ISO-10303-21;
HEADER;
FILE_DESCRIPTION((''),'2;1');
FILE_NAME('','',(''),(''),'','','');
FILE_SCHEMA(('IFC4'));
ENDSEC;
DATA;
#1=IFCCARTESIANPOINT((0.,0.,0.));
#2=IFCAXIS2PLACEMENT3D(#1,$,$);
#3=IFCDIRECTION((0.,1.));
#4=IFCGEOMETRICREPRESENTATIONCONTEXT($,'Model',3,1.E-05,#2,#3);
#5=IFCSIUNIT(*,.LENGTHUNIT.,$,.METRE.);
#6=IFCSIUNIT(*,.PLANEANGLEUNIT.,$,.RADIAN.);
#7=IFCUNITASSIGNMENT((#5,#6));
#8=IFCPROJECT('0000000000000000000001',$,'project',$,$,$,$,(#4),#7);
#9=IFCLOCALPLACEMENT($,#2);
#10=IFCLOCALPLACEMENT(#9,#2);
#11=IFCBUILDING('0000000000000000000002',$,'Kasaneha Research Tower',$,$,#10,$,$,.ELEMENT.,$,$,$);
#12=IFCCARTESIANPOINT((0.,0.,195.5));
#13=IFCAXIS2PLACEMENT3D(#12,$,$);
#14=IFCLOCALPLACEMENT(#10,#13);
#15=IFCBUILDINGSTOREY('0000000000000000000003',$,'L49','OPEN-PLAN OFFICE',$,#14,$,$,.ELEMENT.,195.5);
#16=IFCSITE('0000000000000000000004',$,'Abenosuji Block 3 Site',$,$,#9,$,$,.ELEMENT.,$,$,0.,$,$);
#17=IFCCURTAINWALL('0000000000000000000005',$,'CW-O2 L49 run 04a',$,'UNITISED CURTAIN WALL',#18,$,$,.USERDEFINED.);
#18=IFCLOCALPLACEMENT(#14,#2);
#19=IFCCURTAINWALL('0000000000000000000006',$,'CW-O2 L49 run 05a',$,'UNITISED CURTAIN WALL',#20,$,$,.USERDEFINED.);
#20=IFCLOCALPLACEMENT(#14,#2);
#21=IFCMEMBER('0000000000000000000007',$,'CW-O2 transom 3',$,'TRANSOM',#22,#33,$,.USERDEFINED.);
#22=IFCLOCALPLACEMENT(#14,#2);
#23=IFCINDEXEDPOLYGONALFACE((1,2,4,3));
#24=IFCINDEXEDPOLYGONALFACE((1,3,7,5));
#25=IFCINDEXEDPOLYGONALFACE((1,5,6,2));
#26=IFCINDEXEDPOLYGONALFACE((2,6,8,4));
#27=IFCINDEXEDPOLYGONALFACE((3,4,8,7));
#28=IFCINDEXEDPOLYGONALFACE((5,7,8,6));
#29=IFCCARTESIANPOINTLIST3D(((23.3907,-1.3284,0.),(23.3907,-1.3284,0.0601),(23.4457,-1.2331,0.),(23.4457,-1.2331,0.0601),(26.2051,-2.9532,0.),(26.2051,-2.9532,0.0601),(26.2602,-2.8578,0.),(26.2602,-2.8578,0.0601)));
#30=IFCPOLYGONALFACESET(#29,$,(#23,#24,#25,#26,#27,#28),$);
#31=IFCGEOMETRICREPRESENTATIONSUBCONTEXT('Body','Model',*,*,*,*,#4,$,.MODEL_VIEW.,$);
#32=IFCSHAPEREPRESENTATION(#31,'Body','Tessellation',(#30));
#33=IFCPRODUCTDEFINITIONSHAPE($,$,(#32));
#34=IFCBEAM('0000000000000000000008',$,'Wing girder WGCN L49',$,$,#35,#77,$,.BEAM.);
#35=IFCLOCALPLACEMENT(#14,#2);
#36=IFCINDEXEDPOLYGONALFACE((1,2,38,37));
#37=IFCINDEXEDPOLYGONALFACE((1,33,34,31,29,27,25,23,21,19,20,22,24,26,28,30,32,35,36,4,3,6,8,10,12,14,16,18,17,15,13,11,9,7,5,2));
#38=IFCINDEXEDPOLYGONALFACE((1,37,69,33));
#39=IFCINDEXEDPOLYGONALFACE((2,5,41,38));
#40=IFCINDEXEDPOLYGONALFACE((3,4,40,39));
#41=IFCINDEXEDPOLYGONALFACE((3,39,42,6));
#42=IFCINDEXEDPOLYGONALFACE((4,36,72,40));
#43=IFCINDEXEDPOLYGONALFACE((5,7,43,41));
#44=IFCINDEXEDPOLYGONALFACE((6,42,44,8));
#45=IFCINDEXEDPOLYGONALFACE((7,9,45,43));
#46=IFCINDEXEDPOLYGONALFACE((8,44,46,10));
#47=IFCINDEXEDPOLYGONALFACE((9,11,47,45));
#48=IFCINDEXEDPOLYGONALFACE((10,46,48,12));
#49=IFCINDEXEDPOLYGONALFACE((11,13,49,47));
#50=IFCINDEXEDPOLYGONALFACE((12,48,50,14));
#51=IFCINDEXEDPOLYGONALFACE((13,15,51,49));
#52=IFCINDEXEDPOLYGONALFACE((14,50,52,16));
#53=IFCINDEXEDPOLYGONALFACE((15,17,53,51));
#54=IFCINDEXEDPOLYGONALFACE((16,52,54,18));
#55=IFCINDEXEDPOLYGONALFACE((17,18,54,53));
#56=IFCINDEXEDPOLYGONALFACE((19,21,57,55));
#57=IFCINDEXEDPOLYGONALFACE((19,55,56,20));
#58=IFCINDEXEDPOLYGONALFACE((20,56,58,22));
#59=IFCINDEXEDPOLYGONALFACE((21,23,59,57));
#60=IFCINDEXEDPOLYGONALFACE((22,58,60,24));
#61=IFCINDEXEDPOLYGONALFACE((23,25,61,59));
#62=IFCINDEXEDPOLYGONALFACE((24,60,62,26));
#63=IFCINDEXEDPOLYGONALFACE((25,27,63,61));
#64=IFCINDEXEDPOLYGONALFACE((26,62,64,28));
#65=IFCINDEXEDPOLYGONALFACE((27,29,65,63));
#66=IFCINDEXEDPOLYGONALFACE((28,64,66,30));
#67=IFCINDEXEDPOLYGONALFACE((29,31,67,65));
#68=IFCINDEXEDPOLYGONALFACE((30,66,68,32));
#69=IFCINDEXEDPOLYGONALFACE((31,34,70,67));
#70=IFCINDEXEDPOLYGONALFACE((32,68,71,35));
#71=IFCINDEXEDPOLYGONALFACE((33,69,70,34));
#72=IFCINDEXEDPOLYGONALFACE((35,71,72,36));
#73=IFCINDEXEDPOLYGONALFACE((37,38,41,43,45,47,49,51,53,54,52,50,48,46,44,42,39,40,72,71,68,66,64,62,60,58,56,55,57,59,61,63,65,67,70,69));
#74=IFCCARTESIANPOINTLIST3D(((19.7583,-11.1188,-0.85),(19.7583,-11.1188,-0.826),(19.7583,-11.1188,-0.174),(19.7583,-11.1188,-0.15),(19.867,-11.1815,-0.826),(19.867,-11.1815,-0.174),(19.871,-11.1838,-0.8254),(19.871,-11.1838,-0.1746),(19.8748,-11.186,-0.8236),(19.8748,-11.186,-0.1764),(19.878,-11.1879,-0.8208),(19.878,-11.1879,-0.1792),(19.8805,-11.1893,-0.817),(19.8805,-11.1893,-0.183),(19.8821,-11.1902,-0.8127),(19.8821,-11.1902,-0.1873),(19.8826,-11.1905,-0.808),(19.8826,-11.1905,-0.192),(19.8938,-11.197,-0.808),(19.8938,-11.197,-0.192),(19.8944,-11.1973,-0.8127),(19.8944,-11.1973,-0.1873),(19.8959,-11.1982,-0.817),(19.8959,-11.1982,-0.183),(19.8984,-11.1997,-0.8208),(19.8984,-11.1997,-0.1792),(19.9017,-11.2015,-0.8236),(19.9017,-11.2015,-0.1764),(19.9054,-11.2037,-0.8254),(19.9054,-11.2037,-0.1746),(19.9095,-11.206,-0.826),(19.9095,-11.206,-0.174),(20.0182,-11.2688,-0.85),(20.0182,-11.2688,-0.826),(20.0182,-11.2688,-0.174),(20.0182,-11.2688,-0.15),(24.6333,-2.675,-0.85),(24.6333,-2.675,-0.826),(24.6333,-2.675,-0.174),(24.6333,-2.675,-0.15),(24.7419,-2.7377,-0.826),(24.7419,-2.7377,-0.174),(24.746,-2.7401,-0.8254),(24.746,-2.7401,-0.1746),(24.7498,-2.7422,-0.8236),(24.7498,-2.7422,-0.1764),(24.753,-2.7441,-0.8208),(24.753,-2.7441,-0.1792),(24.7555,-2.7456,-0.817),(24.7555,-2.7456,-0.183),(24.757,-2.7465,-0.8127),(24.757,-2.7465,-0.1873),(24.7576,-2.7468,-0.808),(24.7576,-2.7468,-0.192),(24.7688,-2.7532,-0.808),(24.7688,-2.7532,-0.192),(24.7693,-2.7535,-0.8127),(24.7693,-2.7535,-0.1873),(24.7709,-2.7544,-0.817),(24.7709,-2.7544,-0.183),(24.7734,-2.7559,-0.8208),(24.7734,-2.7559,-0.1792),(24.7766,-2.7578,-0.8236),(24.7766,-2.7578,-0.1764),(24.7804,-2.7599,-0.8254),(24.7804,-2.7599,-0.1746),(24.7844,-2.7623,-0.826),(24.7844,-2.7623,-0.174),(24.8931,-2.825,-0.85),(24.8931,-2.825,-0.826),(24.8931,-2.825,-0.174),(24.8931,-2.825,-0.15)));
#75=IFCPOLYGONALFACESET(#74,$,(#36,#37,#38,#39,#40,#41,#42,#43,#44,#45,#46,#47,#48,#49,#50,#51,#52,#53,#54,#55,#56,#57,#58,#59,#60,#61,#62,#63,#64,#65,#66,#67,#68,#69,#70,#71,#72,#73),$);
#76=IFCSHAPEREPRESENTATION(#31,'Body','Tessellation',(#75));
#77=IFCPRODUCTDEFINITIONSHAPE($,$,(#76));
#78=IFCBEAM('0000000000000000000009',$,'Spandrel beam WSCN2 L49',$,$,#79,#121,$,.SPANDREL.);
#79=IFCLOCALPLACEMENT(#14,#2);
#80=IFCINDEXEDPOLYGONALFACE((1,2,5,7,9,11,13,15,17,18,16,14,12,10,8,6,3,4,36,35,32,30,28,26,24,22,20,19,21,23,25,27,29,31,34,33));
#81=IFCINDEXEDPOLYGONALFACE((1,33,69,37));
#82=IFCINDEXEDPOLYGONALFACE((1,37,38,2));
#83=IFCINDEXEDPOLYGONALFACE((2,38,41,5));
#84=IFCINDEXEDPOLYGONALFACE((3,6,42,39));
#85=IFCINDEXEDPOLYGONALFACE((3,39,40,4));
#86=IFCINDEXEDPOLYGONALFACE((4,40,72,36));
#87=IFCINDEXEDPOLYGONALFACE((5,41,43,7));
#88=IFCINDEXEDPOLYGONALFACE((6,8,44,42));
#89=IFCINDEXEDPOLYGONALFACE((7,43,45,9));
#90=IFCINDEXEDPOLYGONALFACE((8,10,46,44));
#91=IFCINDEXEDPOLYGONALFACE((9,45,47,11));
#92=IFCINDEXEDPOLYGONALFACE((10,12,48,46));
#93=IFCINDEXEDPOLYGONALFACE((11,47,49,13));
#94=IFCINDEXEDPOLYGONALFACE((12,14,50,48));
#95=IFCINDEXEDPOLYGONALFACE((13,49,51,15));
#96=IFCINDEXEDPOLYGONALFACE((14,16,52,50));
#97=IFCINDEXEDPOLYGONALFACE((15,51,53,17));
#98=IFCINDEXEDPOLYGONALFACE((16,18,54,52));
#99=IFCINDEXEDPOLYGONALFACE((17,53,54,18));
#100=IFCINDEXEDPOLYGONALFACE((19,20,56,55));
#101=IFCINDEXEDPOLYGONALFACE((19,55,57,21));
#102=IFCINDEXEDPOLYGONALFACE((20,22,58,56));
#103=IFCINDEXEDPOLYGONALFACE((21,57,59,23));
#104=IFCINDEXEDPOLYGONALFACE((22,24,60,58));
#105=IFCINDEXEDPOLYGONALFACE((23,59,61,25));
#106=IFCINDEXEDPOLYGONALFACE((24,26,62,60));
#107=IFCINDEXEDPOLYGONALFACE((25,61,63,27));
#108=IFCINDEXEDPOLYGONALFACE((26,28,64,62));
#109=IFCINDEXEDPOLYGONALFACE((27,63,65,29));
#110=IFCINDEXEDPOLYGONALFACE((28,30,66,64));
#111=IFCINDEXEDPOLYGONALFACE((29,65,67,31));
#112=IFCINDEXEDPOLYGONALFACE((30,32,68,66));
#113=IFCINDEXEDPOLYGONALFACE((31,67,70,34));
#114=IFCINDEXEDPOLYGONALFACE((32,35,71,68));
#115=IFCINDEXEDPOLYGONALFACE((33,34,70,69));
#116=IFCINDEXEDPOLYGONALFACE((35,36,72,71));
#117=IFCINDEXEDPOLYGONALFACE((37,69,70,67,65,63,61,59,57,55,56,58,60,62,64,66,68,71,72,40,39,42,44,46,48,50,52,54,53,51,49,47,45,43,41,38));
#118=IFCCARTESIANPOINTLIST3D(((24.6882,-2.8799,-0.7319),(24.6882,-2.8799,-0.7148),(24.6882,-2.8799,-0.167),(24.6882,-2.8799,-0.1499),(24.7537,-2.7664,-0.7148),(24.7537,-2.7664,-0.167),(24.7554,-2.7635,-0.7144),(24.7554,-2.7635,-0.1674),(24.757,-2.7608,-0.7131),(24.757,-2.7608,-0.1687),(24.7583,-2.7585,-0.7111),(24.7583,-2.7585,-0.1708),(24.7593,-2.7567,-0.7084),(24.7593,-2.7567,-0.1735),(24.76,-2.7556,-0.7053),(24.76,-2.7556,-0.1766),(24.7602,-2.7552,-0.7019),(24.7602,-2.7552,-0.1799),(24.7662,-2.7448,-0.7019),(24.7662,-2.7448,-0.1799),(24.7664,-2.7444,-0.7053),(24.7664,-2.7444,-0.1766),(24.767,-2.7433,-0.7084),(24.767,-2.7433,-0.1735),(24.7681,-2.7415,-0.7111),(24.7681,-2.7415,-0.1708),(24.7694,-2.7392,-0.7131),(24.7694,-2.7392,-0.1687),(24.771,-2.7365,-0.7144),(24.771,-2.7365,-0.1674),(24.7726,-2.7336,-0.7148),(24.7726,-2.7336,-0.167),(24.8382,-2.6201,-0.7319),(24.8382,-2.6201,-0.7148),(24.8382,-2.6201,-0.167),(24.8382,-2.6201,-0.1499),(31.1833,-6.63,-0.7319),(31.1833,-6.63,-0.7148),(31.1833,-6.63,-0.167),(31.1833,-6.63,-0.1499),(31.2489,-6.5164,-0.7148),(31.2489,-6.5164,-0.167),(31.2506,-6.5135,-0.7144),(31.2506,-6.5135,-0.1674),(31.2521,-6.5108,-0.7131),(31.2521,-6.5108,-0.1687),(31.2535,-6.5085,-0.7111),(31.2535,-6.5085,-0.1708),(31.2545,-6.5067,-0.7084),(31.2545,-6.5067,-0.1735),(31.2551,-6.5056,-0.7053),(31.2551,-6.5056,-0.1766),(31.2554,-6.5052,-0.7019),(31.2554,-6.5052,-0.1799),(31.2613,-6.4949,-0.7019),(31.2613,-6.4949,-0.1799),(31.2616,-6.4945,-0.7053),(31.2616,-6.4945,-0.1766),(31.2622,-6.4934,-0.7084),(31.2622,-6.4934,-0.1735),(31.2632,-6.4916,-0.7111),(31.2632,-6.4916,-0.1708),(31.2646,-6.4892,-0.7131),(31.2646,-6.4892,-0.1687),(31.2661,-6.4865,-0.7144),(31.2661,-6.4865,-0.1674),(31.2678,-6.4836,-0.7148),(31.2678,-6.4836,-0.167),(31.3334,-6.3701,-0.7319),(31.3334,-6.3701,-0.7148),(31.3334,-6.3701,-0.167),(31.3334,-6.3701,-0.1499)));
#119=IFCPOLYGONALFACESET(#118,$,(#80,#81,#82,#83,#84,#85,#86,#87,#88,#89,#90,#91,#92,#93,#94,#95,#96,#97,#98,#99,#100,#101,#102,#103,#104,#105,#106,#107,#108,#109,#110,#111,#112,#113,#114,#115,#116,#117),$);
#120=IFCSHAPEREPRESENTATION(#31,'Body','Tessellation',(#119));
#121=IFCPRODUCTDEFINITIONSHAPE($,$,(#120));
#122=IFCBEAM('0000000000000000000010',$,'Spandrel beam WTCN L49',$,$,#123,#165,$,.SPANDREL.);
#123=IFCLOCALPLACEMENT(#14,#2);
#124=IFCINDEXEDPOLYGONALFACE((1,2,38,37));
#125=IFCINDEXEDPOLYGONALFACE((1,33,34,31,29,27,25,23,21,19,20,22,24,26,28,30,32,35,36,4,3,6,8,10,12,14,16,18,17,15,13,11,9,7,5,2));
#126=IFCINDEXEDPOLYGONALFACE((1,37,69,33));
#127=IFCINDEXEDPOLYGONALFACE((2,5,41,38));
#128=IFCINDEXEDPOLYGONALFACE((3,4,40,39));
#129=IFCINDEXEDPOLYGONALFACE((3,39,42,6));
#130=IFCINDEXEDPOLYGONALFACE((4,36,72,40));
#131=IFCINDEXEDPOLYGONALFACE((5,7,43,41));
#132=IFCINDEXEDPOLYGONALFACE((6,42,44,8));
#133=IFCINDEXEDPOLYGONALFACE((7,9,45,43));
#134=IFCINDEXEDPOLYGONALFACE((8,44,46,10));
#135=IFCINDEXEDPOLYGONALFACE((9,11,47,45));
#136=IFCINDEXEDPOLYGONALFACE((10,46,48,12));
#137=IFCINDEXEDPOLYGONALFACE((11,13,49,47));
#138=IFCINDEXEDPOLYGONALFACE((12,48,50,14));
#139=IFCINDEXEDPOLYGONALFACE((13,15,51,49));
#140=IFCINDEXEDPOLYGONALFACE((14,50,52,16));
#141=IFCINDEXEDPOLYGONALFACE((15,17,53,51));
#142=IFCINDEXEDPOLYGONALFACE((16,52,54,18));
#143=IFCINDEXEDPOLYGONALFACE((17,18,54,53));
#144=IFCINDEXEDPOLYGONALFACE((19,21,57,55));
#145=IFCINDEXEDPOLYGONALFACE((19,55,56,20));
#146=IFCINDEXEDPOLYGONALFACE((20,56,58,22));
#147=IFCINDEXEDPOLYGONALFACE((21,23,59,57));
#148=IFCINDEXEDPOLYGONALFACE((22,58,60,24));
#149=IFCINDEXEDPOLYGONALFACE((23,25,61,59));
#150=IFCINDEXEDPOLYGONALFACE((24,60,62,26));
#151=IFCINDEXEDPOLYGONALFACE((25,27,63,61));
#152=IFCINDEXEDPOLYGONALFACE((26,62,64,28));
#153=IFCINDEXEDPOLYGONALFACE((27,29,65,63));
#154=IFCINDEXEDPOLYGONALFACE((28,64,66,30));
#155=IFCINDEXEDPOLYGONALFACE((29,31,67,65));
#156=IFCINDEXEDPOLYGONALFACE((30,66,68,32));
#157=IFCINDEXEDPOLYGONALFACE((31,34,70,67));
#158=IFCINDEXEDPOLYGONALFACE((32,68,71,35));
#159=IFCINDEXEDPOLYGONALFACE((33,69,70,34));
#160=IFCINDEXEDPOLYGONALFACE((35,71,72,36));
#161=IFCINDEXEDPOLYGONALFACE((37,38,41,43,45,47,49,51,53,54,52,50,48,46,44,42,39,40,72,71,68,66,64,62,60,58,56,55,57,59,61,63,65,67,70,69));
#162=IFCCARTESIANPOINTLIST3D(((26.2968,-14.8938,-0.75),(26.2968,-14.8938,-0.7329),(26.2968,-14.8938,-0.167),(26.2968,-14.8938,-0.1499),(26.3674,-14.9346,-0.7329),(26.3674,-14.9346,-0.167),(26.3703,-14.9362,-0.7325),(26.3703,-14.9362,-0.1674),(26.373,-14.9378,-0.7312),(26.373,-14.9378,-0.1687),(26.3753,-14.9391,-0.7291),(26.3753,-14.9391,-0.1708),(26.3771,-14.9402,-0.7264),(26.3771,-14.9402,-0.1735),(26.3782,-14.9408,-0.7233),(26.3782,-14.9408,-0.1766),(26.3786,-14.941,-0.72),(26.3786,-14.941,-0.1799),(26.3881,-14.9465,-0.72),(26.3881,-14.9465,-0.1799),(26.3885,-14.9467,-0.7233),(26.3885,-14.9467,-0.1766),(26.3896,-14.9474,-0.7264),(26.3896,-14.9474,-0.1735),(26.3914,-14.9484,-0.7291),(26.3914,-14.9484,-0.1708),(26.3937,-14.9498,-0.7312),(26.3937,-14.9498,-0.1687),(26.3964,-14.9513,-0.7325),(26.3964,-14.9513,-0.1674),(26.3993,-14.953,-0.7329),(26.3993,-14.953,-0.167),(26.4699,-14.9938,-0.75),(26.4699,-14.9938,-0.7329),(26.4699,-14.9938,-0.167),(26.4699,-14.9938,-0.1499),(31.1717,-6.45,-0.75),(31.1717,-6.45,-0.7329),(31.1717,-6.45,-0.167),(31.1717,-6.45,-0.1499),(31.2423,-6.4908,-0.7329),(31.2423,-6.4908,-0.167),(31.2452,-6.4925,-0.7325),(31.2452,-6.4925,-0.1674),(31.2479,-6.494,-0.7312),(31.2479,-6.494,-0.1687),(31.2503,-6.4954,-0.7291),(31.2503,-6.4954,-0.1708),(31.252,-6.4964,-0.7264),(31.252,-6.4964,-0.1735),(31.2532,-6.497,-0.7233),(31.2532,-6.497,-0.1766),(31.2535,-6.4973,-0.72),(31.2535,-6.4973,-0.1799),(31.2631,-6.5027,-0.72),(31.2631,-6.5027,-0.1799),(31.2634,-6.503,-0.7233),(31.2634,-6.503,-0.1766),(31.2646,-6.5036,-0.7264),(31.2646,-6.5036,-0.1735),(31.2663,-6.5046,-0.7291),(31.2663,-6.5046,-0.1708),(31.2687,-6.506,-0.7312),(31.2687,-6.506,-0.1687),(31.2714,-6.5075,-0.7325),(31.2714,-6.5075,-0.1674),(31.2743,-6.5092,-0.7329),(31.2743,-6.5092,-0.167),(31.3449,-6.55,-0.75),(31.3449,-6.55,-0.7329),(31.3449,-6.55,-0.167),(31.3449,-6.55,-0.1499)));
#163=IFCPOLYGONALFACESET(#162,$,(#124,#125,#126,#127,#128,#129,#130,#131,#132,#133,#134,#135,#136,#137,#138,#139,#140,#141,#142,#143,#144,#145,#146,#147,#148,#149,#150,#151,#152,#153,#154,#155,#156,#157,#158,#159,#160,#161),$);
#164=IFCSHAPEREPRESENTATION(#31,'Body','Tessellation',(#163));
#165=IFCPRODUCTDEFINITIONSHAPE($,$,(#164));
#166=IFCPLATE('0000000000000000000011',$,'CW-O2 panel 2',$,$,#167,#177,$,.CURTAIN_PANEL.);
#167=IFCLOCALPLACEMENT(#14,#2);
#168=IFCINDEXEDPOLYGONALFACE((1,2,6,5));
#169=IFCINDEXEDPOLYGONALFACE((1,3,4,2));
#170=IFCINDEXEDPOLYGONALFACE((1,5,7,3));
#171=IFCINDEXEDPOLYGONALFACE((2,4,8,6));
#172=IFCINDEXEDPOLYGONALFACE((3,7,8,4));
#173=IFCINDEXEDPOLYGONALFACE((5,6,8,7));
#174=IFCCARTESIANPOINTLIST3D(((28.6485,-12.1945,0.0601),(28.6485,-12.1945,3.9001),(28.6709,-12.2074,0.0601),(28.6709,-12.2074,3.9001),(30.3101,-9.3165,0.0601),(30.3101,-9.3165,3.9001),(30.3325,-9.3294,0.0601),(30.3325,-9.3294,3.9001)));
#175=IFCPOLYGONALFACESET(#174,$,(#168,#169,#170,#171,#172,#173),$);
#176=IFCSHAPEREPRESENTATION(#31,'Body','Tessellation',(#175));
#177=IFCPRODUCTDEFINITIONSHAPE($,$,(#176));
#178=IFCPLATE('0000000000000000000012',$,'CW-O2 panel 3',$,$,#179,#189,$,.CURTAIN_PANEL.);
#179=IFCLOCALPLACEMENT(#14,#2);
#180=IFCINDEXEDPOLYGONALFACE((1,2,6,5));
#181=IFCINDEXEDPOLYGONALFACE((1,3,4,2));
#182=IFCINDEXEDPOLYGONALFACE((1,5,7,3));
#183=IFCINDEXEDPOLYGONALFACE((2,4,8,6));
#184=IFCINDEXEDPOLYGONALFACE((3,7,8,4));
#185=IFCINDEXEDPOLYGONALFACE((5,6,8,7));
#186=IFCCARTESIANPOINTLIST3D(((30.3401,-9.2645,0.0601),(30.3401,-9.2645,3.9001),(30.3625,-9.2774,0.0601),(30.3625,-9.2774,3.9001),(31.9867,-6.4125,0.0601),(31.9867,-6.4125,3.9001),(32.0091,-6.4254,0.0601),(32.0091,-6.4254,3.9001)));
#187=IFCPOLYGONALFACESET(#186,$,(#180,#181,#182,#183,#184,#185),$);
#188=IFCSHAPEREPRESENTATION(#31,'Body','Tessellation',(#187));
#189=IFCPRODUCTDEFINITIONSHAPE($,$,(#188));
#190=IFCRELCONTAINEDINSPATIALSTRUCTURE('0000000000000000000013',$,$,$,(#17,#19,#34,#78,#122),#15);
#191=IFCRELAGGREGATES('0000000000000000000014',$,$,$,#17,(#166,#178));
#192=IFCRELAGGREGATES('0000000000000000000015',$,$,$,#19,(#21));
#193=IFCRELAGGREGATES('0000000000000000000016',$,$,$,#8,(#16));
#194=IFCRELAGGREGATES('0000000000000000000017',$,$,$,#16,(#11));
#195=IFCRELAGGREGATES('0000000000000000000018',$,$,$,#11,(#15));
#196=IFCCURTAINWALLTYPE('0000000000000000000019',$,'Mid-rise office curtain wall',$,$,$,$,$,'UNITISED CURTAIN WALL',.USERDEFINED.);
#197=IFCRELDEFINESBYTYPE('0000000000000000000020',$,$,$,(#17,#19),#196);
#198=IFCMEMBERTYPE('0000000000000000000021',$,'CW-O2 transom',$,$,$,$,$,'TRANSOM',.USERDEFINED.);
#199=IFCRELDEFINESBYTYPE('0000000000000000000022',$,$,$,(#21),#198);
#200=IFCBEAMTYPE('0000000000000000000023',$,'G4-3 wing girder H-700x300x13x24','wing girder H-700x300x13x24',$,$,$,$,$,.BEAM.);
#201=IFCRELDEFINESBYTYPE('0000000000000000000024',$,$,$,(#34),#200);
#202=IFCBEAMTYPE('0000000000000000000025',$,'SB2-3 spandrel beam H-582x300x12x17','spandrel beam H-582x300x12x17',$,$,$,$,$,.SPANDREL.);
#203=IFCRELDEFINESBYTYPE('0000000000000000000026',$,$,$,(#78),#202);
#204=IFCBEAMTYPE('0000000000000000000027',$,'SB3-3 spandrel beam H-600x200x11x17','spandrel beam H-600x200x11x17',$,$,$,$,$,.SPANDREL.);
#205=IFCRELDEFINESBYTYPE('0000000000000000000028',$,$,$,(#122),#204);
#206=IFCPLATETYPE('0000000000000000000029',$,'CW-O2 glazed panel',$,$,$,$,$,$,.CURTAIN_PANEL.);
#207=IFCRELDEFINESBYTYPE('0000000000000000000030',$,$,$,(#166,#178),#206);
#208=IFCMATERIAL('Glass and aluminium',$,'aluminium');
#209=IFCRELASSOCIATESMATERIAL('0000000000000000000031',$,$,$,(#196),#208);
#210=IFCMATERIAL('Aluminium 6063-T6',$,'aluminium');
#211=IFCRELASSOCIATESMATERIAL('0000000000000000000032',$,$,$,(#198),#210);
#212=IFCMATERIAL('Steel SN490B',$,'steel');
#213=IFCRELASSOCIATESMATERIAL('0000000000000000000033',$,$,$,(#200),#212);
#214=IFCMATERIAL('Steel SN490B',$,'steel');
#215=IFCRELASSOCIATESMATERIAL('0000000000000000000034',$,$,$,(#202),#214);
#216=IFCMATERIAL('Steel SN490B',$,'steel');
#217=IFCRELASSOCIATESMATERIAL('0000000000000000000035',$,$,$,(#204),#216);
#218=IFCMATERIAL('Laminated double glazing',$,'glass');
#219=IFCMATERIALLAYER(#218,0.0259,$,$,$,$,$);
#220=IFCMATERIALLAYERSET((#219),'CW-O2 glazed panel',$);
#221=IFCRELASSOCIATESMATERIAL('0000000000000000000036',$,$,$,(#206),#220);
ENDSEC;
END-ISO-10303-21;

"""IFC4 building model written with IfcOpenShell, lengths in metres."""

from ifc_helpers import new_model, si_unit, direction, frame, origin, origin_2d, place, context, subcontext, project, spatial, rectangle, i_section, extrude, material, layer, layer_set, material_profile, profile_set, type_object, element, aggregate, save


model = new_model("IFC4")

# Units and contexts
model_context = context("Model", 3, precision=1e-05, world=origin(), true_north=direction((0.0, 1.0)))
body_context = subcontext(model_context, "Body", "Model", "MODEL_VIEW")
ifc_project = project(units=[si_unit("LENGTHUNIT", "METRE"), si_unit("PLANEANGLEUNIT", "RADIAN")], contexts=[model_context])

# Site, building, storey
site_placement = place(None, origin())
site = spatial("IfcSite", under=ifc_project, at=site_placement, Name="Abenosuji Block 3 Site", CompositionType="ELEMENT", RefElevation=0.0)
building_placement = place(site_placement, origin())
building = spatial("IfcBuilding", under=site, at=building_placement, Name="Kasaneha Research Tower", CompositionType="ELEMENT")
storey_placement = place(building_placement, frame((0.0, 0.0, 195.5)))
storey = spatial("IfcBuildingStorey", under=building, at=storey_placement, Name="L49", Description="OPEN-PLAN OFFICE", CompositionType="ELEMENT", Elevation=195.5)

# Curtain walls
ifc_material_1 = material(Name="Glass and aluminium", Category="aluminium")
curtain_wall_type = type_object("IfcCurtainWallType", Name="Mid-rise office curtain wall", ElementType="UNITISED CURTAIN WALL", PredefinedType="USERDEFINED", material=ifc_material_1)
curtain_wall_1_placement = place(storey_placement, origin())
curtain_wall_1 = element("IfcCurtainWall", 1, at=curtain_wall_1_placement, inside=storey, type_object=curtain_wall_type, Name="CW-O2 L49 run 04a", ObjectType="UNITISED CURTAIN WALL", PredefinedType="USERDEFINED")
curtain_wall_2_placement = place(storey_placement, origin())
curtain_wall_2 = element("IfcCurtainWall", 2, at=curtain_wall_2_placement, inside=storey, type_object=curtain_wall_type, Name="CW-O2 L49 run 05a", ObjectType="UNITISED CURTAIN WALL", PredefinedType="USERDEFINED")

# Member
ifc_material_2 = material(Name="Aluminium 6063-T6", Category="aluminium")
ifc_material_profile_1 = material_profile(ifc_material_2, rectangle(XDim=0.1101, YDim=0.0601, at=origin_2d()), Name="CW-O2 transom 110x60")
ifc_profile_set_1 = profile_set([ifc_material_profile_1], Name="Aluminium 6063-T6")
member_type_1 = type_object("IfcMemberType", Name="CW-O2 transom", ElementType="TRANSOM", PredefinedType="USERDEFINED", material=ifc_profile_set_1)
member_1_placement = place(storey_placement, frame((26.2327, -2.9055, 0.03), z_axis=(-0.866048, 0.499961, 0.0), x_axis=(-0.499961, -0.866048, 0.0)))
member_1 = element("IfcMember", 3, at=member_1_placement, type_object=member_type_1, Name="CW-O2 transom 3", ObjectType="TRANSOM", PredefinedType="USERDEFINED", context=body_context, shape_type="SweptSolid", body=[
    extrude(rectangle(XDim=0.1101, YDim=0.0601, at=origin_2d()), origin(), (0.0, 0.0, 1.0), 3.2498),
])

# Beams
ifc_material_3 = material(Name="Steel SN490B", Category="steel")
ifc_material_profile_2 = material_profile(ifc_material_3, i_section(OverallWidth=0.3, OverallDepth=0.7, WebThickness=0.0129, FlangeThickness=0.0239, FilletRadius=0.0181, at=origin_2d()), Name="H-700x300x13x24")
ifc_profile_set_2 = profile_set([ifc_material_profile_2], Name="Steel SN490B")
beam_type_1 = type_object("IfcBeamType", Name="G4-3 wing girder H-700x300x13x24", Description="wing girder H-700x300x13x24", PredefinedType="BEAM", material=ifc_profile_set_2)
beam_1_placement = place(storey_placement, frame((24.7632, -2.75, -0.5), z_axis=(-0.499996, -0.866028, 0.0), x_axis=(0.866028, -0.499996, 0.0)))
element("IfcBeam", 4, at=beam_1_placement, inside=storey, type_object=beam_type_1, Name="Wing girder WGCN L49", PredefinedType="BEAM", context=body_context, shape_type="SweptSolid", body=[
    extrude(i_section(OverallWidth=0.3, OverallDepth=0.7, WebThickness=0.0129, FlangeThickness=0.0239, FilletRadius=0.0181, at=origin_2d()), origin(), (0.0, 0.0, 1.0), 9.75),
])
ifc_material_4 = material(Name="Steel SN490B", Category="steel")
ifc_material_profile_3 = material_profile(ifc_material_4, i_section(OverallWidth=0.3, OverallDepth=0.582, WebThickness=0.012, FlangeThickness=0.0171, FilletRadius=0.0129, at=origin_2d()), Name="H-582x300x12x17")
ifc_profile_set_3 = profile_set([ifc_material_profile_3], Name="Steel SN490B")
beam_type_2 = type_object("IfcBeamType", Name="SB2-3 spandrel beam H-582x300x12x17", Description="spandrel beam H-582x300x12x17", PredefinedType="SPANDREL", material=ifc_profile_set_3)
beam_2_placement = place(storey_placement, frame((24.7632, -2.75, -0.4409), z_axis=(0.866023, -0.500004, 0.0), x_axis=(0.500004, 0.866023, 0.0)))
element("IfcBeam", 5, at=beam_2_placement, inside=storey, type_object=beam_type_2, Name="Spandrel beam WSCN2 L49", PredefinedType="SPANDREL", context=body_context, shape_type="SweptSolid", body=[
    extrude(i_section(OverallWidth=0.3, OverallDepth=0.582, WebThickness=0.012, FlangeThickness=0.0171, FilletRadius=0.0129, at=origin_2d()), origin(), (0.0, 0.0, 1.0), 7.5),
])
ifc_material_5 = material(Name="Steel SN490B", Category="steel")
ifc_material_profile_4 = material_profile(ifc_material_5, i_section(OverallWidth=0.2, OverallDepth=0.6001, WebThickness=0.011, FlangeThickness=0.0171, FilletRadius=0.0129, at=origin_2d()), Name="H-600x200x11x17")
ifc_profile_set_4 = profile_set([ifc_material_profile_4], Name="Steel SN490B")
beam_type_3 = type_object("IfcBeamType", Name="SB3-3 spandrel beam H-600x200x11x17", Description="spandrel beam H-600x200x11x17", PredefinedType="SPANDREL", material=ifc_profile_set_4)
beam_3_placement = place(storey_placement, frame((31.2583, -6.5, -0.45), z_axis=(-0.499996, -0.866028, 0.0), x_axis=(0.866028, -0.499996, 0.0)))
element("IfcBeam", 6, at=beam_3_placement, inside=storey, type_object=beam_type_3, Name="Spandrel beam WTCN L49", PredefinedType="SPANDREL", context=body_context, shape_type="SweptSolid", body=[
    extrude(i_section(OverallWidth=0.2, OverallDepth=0.6001, WebThickness=0.011, FlangeThickness=0.0171, FilletRadius=0.0129, at=origin_2d()), origin(), (0.0, 0.0, 1.0), 9.75),
])

# Plates
ifc_material_6 = material(Name="Laminated double glazing", Category="glass")
ifc_layer_1 = layer(ifc_material_6, 0.0259)
ifc_layer_set_1 = layer_set([ifc_layer_1], Name="CW-O2 glazed panel")
plate_type = type_object("IfcPlateType", Name="CW-O2 glazed panel", PredefinedType="CURTAIN_PANEL", material=ifc_layer_set_1)
plate_1_placement = place(storey_placement, frame((29.4905, -10.762, 0.0601), z_axis=(0.0, 0.0, 1.0), x_axis=(0.5, 0.866025, 0.0)))
plate_1 = element("IfcPlate", 7, at=plate_1_placement, type_object=plate_type, Name="CW-O2 panel 2", PredefinedType="CURTAIN_PANEL", context=body_context, shape_type="SweptSolid", body=[
    extrude(rectangle(XDim=3.3232, YDim=0.0259, at=origin_2d()), origin(), (0.0, 0.0, 1.0), 3.8401),
])
plate_2_placement = place(storey_placement, frame((31.1746, -7.845, 0.0601), z_axis=(0.0, 0.0, 1.0), x_axis=(0.5, 0.866025, 0.0)))
plate_2 = element("IfcPlate", 8, at=plate_2_placement, type_object=plate_type, Name="CW-O2 panel 3", PredefinedType="CURTAIN_PANEL", context=body_context, shape_type="SweptSolid", body=[
    extrude(rectangle(XDim=3.2932, YDim=0.0259, at=origin_2d()), origin(), (0.0, 0.0, 1.0), 3.8401),
])
aggregate(curtain_wall_1, [plate_1, plate_2])
aggregate(curtain_wall_2, [member_1])

save(model, "model.ifc")
